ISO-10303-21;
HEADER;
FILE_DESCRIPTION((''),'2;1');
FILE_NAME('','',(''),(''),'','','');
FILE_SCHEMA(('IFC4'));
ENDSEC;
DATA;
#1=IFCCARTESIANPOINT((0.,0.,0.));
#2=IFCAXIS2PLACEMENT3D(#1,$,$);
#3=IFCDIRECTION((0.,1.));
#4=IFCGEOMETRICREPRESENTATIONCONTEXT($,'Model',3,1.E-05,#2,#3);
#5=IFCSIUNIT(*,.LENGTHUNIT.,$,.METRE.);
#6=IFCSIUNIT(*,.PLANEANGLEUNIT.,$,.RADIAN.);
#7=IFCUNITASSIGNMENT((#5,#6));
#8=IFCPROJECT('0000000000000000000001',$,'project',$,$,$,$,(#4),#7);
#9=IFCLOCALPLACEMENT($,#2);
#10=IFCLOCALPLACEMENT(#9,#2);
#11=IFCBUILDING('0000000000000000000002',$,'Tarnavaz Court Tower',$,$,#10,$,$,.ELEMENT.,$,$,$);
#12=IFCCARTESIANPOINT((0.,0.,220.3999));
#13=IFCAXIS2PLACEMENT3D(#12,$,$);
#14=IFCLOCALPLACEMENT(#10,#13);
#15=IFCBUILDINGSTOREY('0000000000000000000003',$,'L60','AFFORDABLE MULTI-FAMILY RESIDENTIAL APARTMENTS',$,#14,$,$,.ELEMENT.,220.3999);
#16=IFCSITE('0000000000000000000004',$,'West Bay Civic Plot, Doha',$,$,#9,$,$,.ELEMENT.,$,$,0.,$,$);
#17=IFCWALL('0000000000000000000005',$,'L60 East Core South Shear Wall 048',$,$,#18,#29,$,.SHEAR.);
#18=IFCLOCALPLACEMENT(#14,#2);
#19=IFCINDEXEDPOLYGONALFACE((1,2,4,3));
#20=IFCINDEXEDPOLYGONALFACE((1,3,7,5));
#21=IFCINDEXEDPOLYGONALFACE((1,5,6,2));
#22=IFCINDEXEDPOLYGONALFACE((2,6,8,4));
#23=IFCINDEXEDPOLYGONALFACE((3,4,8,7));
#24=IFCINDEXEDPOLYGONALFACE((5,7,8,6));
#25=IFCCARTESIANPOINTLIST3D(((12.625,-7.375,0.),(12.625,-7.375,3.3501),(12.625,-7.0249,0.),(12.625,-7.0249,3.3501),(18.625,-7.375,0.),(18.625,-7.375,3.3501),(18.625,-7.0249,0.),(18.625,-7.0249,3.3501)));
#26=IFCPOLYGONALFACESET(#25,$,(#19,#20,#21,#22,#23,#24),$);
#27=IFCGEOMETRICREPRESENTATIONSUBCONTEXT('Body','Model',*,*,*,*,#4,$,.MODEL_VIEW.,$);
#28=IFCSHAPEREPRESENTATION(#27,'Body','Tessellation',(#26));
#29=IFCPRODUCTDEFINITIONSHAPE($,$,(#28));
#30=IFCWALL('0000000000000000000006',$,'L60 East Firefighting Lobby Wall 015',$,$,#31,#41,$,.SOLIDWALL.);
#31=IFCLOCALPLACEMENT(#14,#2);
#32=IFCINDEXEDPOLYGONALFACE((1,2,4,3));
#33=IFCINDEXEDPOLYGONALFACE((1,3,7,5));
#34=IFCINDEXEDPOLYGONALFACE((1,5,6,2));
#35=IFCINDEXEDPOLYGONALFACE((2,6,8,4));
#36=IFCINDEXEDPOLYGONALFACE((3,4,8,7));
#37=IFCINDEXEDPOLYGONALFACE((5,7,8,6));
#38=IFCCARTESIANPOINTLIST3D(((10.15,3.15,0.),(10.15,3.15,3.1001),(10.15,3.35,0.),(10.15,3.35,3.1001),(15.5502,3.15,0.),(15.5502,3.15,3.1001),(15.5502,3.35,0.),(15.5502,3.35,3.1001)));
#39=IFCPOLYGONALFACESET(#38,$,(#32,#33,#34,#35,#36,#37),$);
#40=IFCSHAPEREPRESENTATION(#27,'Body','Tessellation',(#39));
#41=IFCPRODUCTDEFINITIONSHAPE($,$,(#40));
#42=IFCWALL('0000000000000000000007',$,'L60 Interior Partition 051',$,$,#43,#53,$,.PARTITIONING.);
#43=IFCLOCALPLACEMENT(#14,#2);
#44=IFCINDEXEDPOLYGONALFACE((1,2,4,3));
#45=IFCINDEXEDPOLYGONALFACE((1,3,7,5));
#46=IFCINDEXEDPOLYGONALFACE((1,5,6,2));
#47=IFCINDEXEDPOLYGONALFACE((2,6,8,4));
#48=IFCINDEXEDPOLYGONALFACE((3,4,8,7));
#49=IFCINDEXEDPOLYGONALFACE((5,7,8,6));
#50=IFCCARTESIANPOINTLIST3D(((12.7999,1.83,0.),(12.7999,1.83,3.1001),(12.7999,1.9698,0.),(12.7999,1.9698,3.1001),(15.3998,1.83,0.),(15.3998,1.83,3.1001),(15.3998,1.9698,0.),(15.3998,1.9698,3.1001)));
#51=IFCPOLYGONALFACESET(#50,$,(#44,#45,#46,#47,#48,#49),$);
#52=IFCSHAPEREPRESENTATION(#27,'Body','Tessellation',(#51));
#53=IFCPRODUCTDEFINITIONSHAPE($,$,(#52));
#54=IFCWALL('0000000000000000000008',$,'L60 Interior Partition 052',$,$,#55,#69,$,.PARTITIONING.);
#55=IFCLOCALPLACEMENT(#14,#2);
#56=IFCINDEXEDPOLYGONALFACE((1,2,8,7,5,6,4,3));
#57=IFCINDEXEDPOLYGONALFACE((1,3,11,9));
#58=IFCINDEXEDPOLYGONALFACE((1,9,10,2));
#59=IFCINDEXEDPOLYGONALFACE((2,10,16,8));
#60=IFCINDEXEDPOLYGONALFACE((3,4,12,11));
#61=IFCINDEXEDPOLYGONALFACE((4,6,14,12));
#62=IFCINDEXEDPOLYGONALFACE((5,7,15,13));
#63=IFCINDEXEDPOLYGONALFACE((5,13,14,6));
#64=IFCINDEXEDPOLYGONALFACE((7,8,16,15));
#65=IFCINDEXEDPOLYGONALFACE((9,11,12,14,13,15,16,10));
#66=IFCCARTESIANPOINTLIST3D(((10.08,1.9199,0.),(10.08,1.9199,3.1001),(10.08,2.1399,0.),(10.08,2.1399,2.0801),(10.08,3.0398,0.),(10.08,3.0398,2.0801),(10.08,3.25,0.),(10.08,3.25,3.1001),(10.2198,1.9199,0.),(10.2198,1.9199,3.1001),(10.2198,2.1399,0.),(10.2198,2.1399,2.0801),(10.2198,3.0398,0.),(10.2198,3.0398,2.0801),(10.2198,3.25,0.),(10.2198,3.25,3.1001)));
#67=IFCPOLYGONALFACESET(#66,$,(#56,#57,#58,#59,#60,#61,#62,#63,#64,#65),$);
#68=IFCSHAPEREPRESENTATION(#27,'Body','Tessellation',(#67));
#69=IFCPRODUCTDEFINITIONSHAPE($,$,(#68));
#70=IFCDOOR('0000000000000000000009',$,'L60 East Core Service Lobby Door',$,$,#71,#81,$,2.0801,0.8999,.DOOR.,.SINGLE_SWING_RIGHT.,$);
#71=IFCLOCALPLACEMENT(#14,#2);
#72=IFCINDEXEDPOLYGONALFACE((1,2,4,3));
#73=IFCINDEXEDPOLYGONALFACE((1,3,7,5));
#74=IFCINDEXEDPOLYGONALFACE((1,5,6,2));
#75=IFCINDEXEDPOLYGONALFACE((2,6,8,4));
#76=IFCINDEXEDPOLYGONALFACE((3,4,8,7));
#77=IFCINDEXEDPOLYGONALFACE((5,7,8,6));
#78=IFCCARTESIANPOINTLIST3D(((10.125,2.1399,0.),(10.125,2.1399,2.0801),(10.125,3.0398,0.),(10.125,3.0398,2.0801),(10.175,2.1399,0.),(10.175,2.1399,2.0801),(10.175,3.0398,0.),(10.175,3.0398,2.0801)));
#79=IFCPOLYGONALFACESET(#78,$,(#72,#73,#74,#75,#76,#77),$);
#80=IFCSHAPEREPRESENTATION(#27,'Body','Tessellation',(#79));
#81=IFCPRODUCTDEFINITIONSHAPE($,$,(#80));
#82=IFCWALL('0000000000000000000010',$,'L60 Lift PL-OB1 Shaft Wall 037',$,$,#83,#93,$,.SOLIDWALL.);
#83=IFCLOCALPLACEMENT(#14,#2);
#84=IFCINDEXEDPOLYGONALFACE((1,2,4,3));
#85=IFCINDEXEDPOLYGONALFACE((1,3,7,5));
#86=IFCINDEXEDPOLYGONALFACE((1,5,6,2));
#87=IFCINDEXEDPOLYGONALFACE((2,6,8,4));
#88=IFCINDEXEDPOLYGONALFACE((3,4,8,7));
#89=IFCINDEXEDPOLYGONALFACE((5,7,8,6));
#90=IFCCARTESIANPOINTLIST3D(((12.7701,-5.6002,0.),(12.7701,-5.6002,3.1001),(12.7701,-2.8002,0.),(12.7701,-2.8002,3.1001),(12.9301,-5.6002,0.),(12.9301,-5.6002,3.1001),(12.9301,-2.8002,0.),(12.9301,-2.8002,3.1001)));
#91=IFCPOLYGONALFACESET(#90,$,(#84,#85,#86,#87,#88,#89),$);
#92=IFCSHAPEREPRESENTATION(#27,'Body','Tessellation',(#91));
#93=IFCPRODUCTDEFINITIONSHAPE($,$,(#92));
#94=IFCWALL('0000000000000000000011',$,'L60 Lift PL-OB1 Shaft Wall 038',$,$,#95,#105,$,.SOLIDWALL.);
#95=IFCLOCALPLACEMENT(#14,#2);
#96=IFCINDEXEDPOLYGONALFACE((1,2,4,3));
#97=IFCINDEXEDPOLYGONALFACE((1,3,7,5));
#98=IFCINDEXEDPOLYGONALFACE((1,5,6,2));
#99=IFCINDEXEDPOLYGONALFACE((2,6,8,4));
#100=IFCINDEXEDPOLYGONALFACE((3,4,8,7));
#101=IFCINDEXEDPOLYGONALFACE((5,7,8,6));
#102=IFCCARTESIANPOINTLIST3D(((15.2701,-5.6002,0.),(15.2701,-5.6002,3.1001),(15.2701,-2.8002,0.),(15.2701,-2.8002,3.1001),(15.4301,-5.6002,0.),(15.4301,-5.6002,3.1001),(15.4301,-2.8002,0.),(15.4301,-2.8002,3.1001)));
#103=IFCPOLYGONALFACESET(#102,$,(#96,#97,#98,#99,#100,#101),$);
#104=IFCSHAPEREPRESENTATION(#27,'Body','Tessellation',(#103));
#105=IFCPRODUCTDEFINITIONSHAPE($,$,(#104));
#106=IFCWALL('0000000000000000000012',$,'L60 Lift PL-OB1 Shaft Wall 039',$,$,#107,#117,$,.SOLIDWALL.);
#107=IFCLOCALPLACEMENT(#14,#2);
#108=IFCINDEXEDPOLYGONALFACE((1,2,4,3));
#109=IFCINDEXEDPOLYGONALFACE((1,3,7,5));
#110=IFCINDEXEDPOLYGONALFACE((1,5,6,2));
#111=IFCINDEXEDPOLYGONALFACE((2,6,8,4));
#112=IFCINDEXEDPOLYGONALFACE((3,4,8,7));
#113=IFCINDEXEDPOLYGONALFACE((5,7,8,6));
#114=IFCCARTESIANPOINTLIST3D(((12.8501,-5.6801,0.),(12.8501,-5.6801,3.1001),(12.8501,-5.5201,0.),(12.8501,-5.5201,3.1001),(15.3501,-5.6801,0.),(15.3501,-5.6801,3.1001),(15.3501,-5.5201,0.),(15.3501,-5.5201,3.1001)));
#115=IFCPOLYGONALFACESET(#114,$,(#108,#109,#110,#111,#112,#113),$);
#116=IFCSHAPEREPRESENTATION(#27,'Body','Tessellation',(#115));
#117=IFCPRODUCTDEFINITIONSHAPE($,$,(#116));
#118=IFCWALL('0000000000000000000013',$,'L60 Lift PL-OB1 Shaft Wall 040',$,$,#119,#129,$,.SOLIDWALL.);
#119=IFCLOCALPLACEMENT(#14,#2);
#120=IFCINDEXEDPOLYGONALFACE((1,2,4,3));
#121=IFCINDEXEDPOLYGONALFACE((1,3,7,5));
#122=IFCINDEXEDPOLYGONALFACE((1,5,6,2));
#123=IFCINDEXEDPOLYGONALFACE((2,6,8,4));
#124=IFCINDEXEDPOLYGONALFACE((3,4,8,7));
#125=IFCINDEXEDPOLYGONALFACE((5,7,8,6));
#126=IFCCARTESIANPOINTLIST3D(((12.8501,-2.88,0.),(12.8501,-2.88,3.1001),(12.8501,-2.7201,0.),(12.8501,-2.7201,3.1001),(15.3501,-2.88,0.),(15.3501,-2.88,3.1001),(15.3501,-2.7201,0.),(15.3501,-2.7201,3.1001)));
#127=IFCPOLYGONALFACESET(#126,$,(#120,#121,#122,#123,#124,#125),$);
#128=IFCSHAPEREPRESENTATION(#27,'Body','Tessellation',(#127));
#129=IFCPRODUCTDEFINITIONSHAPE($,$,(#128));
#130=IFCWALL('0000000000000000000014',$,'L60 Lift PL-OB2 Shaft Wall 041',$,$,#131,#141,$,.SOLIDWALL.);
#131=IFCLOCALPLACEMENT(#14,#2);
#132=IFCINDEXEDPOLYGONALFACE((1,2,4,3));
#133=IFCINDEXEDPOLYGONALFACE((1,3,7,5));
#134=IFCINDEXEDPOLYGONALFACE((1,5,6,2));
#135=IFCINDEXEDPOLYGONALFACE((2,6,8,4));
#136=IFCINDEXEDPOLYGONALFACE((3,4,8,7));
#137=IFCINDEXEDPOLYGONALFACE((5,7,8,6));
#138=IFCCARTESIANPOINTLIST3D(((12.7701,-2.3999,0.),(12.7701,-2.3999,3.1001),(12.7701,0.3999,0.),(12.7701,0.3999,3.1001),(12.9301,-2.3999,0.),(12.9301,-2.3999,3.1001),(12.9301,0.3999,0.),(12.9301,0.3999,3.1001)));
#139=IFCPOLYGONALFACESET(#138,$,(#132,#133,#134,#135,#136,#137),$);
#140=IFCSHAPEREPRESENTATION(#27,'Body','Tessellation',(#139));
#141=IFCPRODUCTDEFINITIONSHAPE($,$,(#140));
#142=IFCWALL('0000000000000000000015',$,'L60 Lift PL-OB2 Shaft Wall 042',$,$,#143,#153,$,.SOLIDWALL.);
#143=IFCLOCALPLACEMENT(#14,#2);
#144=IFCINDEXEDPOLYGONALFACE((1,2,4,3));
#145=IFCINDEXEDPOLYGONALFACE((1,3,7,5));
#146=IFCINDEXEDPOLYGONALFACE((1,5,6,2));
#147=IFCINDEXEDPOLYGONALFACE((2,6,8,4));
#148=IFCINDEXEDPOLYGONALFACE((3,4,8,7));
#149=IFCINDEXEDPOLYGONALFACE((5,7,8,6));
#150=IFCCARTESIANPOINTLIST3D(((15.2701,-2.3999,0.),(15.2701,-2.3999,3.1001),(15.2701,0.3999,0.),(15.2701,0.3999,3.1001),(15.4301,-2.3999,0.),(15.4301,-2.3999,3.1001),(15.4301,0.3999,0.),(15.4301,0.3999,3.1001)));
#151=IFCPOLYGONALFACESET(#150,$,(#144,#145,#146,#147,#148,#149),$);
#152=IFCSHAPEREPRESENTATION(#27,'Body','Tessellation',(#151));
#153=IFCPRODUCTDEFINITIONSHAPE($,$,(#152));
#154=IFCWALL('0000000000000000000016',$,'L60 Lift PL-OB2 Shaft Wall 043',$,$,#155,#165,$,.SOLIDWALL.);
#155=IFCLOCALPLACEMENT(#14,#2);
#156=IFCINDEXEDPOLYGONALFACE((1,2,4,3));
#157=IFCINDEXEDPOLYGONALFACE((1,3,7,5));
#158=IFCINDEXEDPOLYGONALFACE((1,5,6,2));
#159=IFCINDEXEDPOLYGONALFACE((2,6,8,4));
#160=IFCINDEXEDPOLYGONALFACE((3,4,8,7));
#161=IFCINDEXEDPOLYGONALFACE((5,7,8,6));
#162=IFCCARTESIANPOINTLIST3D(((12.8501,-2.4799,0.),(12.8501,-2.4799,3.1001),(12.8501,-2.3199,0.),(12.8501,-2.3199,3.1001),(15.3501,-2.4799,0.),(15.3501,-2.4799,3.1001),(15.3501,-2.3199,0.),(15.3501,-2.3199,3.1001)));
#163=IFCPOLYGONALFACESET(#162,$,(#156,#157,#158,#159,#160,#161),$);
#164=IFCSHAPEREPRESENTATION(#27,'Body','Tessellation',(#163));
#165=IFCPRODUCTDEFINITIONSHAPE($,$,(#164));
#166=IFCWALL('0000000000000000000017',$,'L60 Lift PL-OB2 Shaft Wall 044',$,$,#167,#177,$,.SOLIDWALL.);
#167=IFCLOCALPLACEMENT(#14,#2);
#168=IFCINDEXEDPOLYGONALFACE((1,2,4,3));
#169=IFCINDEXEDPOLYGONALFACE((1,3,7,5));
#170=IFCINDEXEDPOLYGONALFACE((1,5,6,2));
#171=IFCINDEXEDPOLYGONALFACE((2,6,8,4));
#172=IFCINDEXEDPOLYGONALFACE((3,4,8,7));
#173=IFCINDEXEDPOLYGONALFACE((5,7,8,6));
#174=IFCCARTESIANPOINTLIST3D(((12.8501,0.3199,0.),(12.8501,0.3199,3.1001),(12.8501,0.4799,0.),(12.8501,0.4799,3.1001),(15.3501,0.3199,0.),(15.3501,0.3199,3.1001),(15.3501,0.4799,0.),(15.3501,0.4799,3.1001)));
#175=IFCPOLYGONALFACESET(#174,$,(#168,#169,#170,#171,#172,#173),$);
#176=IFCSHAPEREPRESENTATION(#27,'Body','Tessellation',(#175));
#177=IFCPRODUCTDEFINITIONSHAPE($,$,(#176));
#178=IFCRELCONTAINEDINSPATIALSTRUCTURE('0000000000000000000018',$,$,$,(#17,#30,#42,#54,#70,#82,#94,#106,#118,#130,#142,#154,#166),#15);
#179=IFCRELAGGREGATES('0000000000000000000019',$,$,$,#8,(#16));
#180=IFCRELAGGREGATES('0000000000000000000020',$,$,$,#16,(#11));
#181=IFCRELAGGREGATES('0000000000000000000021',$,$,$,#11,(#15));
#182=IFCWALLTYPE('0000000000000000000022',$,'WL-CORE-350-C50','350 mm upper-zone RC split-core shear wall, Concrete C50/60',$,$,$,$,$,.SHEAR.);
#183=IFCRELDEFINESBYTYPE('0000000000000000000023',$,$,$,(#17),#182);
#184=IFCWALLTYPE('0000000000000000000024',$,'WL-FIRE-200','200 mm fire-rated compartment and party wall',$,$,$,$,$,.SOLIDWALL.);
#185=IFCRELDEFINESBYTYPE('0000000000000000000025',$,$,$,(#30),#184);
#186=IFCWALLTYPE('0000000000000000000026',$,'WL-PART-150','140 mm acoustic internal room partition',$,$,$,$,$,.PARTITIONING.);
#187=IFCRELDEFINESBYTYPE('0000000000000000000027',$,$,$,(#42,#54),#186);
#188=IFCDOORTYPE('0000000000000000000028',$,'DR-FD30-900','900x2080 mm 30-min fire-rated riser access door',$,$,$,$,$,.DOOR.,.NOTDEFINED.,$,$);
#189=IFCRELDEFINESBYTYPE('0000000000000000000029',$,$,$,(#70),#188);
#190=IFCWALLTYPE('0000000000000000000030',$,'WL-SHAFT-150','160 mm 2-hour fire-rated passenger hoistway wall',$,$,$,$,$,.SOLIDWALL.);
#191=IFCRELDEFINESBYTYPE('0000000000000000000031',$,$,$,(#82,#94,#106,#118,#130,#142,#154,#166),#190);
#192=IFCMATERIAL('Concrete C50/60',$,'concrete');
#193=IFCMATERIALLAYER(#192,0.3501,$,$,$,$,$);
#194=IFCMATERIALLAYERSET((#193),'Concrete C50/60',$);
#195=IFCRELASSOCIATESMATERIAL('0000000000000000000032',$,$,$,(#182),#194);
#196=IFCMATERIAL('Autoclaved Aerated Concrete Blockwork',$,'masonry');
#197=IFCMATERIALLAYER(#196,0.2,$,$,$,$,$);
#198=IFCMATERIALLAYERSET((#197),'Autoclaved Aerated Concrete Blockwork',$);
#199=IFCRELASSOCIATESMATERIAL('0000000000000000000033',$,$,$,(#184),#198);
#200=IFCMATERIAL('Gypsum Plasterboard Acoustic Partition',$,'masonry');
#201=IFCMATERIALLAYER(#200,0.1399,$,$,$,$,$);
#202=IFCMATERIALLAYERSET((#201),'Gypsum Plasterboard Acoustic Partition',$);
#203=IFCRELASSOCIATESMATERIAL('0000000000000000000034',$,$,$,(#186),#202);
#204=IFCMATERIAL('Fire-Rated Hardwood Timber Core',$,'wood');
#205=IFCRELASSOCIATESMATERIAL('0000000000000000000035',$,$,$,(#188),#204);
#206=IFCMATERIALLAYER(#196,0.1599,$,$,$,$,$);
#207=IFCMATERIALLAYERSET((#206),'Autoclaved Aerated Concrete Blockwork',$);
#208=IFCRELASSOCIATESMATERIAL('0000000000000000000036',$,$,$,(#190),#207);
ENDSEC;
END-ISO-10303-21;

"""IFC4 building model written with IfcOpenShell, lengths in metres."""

from ifc_helpers import new_model, si_unit, direction, frame, frame_2d, origin, place, context, subcontext, project, spatial, rectangle, extrude, material, layer, layer_set, type_object, element, fill, save


model = new_model("IFC4")

# Units and contexts
model_context = context("Model", 3, precision=1e-05, world=origin(), true_north=direction((0.0, 1.0)))
body_context = subcontext(model_context, "Body", "Model", "MODEL_VIEW")
ifc_project = project(units=[si_unit("LENGTHUNIT", "METRE"), si_unit("PLANEANGLEUNIT", "RADIAN")], contexts=[model_context])

# Site, building, storey
site_placement = place(None, origin())
site = spatial("IfcSite", under=ifc_project, at=site_placement, Name="West Bay Civic Plot, Doha", CompositionType="ELEMENT", RefElevation=0.0)
building_placement = place(site_placement, origin())
building = spatial("IfcBuilding", under=site, at=building_placement, Name="Tarnavaz Court Tower", CompositionType="ELEMENT")
storey_placement = place(building_placement, frame((0.0, 0.0, 220.3999)))
storey = spatial("IfcBuildingStorey", under=building, at=storey_placement, Name="L60", Description="AFFORDABLE MULTI-FAMILY RESIDENTIAL APARTMENTS", CompositionType="ELEMENT", Elevation=220.3999)

# Shared definitions
ifc_material_1 = material(Name="Concrete C50/60", Category="concrete")

# Walls
ifc_layer_1 = layer(ifc_material_1, 0.3501)
ifc_layer_set_1 = layer_set([ifc_layer_1], Name="Concrete C50/60")
wall_type_1 = type_object("IfcWallType", Name="WL-CORE-350-C50", Description="350 mm upper-zone RC split-core shear wall, Concrete C50/60", PredefinedType="SHEAR", material=ifc_layer_set_1)
wall_1_placement = place(storey_placement, frame((12.625, -7.2, 0.0), z_axis=(0.0, 0.0, 1.0), x_axis=(1.0, 0.0, 0.0)))
element("IfcWall", 1, at=wall_1_placement, inside=storey, type_object=wall_type_1, Name="L60 East Core South Shear Wall 048", PredefinedType="SHEAR", context=body_context, shape_type="SweptSolid", body=[
    extrude(rectangle(XDim=6.0, YDim=0.3501, at=frame_2d((3.0, 0.0))), origin(), (0.0, 0.0, 1.0), 3.3501),
])
ifc_material_2 = material(Name="Autoclaved Aerated Concrete Blockwork", Category="masonry")
ifc_layer_2 = layer(ifc_material_2, 0.2)
ifc_layer_set_2 = layer_set([ifc_layer_2], Name="Autoclaved Aerated Concrete Blockwork")
wall_type_2 = type_object("IfcWallType", Name="WL-FIRE-200", Description="200 mm fire-rated compartment and party wall", PredefinedType="SOLIDWALL", material=ifc_layer_set_2)
wall_2_placement = place(storey_placement, frame((10.1499, 3.25, 0.0), z_axis=(0.0, 0.0, 1.0), x_axis=(1.0, 0.0, 0.0)))
element("IfcWall", 2, at=wall_2_placement, inside=storey, type_object=wall_type_2, Name="L60 East Firefighting Lobby Wall 015", PredefinedType="SOLIDWALL", context=body_context, shape_type="SweptSolid", body=[
    extrude(rectangle(XDim=5.4001, YDim=0.2, at=frame_2d((2.7002, 0.0))), origin(), (0.0, 0.0, 1.0), 3.1001),
])

# Shared definitions
ifc_material_3 = material(Name="Fire-Rated Hardwood Timber Core", Category="wood")

# Wall
ifc_material_4 = material(Name="Gypsum Plasterboard Acoustic Partition", Category="masonry")
ifc_layer_3 = layer(ifc_material_4, 0.1399)
ifc_layer_set_3 = layer_set([ifc_layer_3], Name="Gypsum Plasterboard Acoustic Partition")
wall_type_3 = type_object("IfcWallType", Name="WL-PART-150", Description="140 mm acoustic internal room partition", PredefinedType="PARTITIONING", material=ifc_layer_set_3)
wall_3_placement = place(storey_placement, frame((12.8, 1.8999, 0.0), z_axis=(0.0, 0.0, 1.0), x_axis=(1.0, 0.0, 0.0)))
element("IfcWall", 3, at=wall_3_placement, inside=storey, type_object=wall_type_3, Name="L60 Interior Partition 051", PredefinedType="PARTITIONING", context=body_context, shape_type="SweptSolid", body=[
    extrude(rectangle(XDim=2.5999, YDim=0.1399, at=frame_2d((1.2998, 0.0))), origin(), (0.0, 0.0, 1.0), 3.1001),
])

# Wall, opening, door
wall_4_placement = place(storey_placement, frame((10.1499, 1.9199, 0.0), z_axis=(0.0, 0.0, 1.0), x_axis=(0.0, 1.0, 0.0)))
wall_4 = element("IfcWall", 4, at=wall_4_placement, inside=storey, type_object=wall_type_3, Name="L60 Interior Partition 052", PredefinedType="PARTITIONING", context=body_context, shape_type="SweptSolid", body=[
    extrude(rectangle(XDim=1.3301, YDim=0.1399, at=frame_2d((0.665, 0.0))), origin(), (0.0, 0.0, 1.0), 3.1001),
])
opening_1_placement = place(wall_4_placement, frame((0.22, 0.0, 0.0)))
opening_1 = element("IfcOpeningElement", 5, at=opening_1_placement, cuts=wall_4, PredefinedType="OPENING", context=body_context, shape_type="SweptSolid", body=[
    extrude(rectangle(XDim=0.8999, YDim=2.0801, at=frame_2d((0.45, 1.04))), frame((0.0, 0.0798, 0.0), z_axis=(0.0, -1.0, 0.0), x_axis=(1.0, 0.0, 0.0)), (0.0, 0.0, 1.0), 0.1599),
])
door_type_1 = type_object("IfcDoorType", Name="DR-FD30-900", Description="900x2080 mm 30-min fire-rated riser access door", OperationType="NOTDEFINED", PredefinedType="DOOR", material=ifc_material_3)
door_1_placement = place(opening_1_placement, origin())
door_1 = element("IfcDoor", 6, at=door_1_placement, inside=storey, type_object=door_type_1, Name="L60 East Core Service Lobby Door", OperationType="SINGLE_SWING_RIGHT", OverallHeight=2.0801, OverallWidth=0.8999, PredefinedType="DOOR", context=body_context, shape_type="SweptSolid", body=[
    extrude(rectangle(XDim=0.8999, YDim=2.0801, at=frame_2d((0.45, 1.04))), frame((0.0, 0.0249, 0.0), z_axis=(0.0, -1.0, 0.0), x_axis=(1.0, 0.0, 0.0)), (0.0, 0.0, 1.0), 0.05),
])
fill(opening_1, door_1)

# Walls
ifc_layer_4 = layer(ifc_material_2, 0.1599)
ifc_layer_set_4 = layer_set([ifc_layer_4], Name="Autoclaved Aerated Concrete Blockwork")
wall_type_4 = type_object("IfcWallType", Name="WL-SHAFT-150", Description="160 mm 2-hour fire-rated passenger hoistway wall", PredefinedType="SOLIDWALL", material=ifc_layer_set_4)
for number, where, z_axis, x_axis, name in (
    (7, (12.8501, -5.6001, 0.0), (0.0, 0.0, 1.0), (0.0, 1.0, 0.0), "L60 Lift PL-OB1 Shaft Wall 037"),
    (8, (15.3501, -5.6001, 0.0), (0.0, 0.0, 1.0), (0.0, 1.0, 0.0), "L60 Lift PL-OB1 Shaft Wall 038"),
):
    element("IfcWall", number, at=place(storey_placement, frame(where, z_axis=z_axis, x_axis=x_axis)), inside=storey, type_object=wall_type_4, Name=name, PredefinedType="SOLIDWALL", context=body_context, shape_type="SweptSolid", body=[
        extrude(rectangle(XDim=2.8, YDim=0.1599, at=frame_2d((1.3999, 0.0))), origin(), (0.0, 0.0, 1.0), 3.1001),
    ])
for number, where, z_axis, x_axis, name in (
    (9, (12.8501, -5.6001, 0.0), (0.0, 0.0, 1.0), (1.0, 0.0, 0.0), "L60 Lift PL-OB1 Shaft Wall 039"),
    (10, (12.8501, -2.8, 0.0), (0.0, 0.0, 1.0), (1.0, 0.0, 0.0), "L60 Lift PL-OB1 Shaft Wall 040"),
):
    element("IfcWall", number, at=place(storey_placement, frame(where, z_axis=z_axis, x_axis=x_axis)), inside=storey, type_object=wall_type_4, Name=name, PredefinedType="SOLIDWALL", context=body_context, shape_type="SweptSolid", body=[
        extrude(rectangle(XDim=2.5, YDim=0.1599, at=frame_2d((1.25, 0.0))), origin(), (0.0, 0.0, 1.0), 3.1001),
    ])
for number, where, z_axis, x_axis, name in (
    (11, (12.8501, -2.3999, 0.0), (0.0, 0.0, 1.0), (0.0, 1.0, 0.0), "L60 Lift PL-OB2 Shaft Wall 041"),
    (12, (15.3501, -2.3999, 0.0), (0.0, 0.0, 1.0), (0.0, 1.0, 0.0), "L60 Lift PL-OB2 Shaft Wall 042"),
):
    element("IfcWall", number, at=place(storey_placement, frame(where, z_axis=z_axis, x_axis=x_axis)), inside=storey, type_object=wall_type_4, Name=name, PredefinedType="SOLIDWALL", context=body_context, shape_type="SweptSolid", body=[
        extrude(rectangle(XDim=2.7998, YDim=0.1599, at=frame_2d((1.3999, 0.0))), origin(), (0.0, 0.0, 1.0), 3.1001),
    ])
for number, where, z_axis, x_axis, name in (
    (13, (12.8501, -2.3999, 0.0), (0.0, 0.0, 1.0), (1.0, 0.0, 0.0), "L60 Lift PL-OB2 Shaft Wall 043"),
    (14, (12.8501, 0.3999, 0.0), (0.0, 0.0, 1.0), (1.0, 0.0, 0.0), "L60 Lift PL-OB2 Shaft Wall 044"),
):
    element("IfcWall", number, at=place(storey_placement, frame(where, z_axis=z_axis, x_axis=x_axis)), inside=storey, type_object=wall_type_4, Name=name, PredefinedType="SOLIDWALL", context=body_context, shape_type="SweptSolid", body=[
        extrude(rectangle(XDim=2.5, YDim=0.1599, at=frame_2d((1.25, 0.0))), origin(), (0.0, 0.0, 1.0), 3.1001),
    ])

save(model, "model.ifc")
